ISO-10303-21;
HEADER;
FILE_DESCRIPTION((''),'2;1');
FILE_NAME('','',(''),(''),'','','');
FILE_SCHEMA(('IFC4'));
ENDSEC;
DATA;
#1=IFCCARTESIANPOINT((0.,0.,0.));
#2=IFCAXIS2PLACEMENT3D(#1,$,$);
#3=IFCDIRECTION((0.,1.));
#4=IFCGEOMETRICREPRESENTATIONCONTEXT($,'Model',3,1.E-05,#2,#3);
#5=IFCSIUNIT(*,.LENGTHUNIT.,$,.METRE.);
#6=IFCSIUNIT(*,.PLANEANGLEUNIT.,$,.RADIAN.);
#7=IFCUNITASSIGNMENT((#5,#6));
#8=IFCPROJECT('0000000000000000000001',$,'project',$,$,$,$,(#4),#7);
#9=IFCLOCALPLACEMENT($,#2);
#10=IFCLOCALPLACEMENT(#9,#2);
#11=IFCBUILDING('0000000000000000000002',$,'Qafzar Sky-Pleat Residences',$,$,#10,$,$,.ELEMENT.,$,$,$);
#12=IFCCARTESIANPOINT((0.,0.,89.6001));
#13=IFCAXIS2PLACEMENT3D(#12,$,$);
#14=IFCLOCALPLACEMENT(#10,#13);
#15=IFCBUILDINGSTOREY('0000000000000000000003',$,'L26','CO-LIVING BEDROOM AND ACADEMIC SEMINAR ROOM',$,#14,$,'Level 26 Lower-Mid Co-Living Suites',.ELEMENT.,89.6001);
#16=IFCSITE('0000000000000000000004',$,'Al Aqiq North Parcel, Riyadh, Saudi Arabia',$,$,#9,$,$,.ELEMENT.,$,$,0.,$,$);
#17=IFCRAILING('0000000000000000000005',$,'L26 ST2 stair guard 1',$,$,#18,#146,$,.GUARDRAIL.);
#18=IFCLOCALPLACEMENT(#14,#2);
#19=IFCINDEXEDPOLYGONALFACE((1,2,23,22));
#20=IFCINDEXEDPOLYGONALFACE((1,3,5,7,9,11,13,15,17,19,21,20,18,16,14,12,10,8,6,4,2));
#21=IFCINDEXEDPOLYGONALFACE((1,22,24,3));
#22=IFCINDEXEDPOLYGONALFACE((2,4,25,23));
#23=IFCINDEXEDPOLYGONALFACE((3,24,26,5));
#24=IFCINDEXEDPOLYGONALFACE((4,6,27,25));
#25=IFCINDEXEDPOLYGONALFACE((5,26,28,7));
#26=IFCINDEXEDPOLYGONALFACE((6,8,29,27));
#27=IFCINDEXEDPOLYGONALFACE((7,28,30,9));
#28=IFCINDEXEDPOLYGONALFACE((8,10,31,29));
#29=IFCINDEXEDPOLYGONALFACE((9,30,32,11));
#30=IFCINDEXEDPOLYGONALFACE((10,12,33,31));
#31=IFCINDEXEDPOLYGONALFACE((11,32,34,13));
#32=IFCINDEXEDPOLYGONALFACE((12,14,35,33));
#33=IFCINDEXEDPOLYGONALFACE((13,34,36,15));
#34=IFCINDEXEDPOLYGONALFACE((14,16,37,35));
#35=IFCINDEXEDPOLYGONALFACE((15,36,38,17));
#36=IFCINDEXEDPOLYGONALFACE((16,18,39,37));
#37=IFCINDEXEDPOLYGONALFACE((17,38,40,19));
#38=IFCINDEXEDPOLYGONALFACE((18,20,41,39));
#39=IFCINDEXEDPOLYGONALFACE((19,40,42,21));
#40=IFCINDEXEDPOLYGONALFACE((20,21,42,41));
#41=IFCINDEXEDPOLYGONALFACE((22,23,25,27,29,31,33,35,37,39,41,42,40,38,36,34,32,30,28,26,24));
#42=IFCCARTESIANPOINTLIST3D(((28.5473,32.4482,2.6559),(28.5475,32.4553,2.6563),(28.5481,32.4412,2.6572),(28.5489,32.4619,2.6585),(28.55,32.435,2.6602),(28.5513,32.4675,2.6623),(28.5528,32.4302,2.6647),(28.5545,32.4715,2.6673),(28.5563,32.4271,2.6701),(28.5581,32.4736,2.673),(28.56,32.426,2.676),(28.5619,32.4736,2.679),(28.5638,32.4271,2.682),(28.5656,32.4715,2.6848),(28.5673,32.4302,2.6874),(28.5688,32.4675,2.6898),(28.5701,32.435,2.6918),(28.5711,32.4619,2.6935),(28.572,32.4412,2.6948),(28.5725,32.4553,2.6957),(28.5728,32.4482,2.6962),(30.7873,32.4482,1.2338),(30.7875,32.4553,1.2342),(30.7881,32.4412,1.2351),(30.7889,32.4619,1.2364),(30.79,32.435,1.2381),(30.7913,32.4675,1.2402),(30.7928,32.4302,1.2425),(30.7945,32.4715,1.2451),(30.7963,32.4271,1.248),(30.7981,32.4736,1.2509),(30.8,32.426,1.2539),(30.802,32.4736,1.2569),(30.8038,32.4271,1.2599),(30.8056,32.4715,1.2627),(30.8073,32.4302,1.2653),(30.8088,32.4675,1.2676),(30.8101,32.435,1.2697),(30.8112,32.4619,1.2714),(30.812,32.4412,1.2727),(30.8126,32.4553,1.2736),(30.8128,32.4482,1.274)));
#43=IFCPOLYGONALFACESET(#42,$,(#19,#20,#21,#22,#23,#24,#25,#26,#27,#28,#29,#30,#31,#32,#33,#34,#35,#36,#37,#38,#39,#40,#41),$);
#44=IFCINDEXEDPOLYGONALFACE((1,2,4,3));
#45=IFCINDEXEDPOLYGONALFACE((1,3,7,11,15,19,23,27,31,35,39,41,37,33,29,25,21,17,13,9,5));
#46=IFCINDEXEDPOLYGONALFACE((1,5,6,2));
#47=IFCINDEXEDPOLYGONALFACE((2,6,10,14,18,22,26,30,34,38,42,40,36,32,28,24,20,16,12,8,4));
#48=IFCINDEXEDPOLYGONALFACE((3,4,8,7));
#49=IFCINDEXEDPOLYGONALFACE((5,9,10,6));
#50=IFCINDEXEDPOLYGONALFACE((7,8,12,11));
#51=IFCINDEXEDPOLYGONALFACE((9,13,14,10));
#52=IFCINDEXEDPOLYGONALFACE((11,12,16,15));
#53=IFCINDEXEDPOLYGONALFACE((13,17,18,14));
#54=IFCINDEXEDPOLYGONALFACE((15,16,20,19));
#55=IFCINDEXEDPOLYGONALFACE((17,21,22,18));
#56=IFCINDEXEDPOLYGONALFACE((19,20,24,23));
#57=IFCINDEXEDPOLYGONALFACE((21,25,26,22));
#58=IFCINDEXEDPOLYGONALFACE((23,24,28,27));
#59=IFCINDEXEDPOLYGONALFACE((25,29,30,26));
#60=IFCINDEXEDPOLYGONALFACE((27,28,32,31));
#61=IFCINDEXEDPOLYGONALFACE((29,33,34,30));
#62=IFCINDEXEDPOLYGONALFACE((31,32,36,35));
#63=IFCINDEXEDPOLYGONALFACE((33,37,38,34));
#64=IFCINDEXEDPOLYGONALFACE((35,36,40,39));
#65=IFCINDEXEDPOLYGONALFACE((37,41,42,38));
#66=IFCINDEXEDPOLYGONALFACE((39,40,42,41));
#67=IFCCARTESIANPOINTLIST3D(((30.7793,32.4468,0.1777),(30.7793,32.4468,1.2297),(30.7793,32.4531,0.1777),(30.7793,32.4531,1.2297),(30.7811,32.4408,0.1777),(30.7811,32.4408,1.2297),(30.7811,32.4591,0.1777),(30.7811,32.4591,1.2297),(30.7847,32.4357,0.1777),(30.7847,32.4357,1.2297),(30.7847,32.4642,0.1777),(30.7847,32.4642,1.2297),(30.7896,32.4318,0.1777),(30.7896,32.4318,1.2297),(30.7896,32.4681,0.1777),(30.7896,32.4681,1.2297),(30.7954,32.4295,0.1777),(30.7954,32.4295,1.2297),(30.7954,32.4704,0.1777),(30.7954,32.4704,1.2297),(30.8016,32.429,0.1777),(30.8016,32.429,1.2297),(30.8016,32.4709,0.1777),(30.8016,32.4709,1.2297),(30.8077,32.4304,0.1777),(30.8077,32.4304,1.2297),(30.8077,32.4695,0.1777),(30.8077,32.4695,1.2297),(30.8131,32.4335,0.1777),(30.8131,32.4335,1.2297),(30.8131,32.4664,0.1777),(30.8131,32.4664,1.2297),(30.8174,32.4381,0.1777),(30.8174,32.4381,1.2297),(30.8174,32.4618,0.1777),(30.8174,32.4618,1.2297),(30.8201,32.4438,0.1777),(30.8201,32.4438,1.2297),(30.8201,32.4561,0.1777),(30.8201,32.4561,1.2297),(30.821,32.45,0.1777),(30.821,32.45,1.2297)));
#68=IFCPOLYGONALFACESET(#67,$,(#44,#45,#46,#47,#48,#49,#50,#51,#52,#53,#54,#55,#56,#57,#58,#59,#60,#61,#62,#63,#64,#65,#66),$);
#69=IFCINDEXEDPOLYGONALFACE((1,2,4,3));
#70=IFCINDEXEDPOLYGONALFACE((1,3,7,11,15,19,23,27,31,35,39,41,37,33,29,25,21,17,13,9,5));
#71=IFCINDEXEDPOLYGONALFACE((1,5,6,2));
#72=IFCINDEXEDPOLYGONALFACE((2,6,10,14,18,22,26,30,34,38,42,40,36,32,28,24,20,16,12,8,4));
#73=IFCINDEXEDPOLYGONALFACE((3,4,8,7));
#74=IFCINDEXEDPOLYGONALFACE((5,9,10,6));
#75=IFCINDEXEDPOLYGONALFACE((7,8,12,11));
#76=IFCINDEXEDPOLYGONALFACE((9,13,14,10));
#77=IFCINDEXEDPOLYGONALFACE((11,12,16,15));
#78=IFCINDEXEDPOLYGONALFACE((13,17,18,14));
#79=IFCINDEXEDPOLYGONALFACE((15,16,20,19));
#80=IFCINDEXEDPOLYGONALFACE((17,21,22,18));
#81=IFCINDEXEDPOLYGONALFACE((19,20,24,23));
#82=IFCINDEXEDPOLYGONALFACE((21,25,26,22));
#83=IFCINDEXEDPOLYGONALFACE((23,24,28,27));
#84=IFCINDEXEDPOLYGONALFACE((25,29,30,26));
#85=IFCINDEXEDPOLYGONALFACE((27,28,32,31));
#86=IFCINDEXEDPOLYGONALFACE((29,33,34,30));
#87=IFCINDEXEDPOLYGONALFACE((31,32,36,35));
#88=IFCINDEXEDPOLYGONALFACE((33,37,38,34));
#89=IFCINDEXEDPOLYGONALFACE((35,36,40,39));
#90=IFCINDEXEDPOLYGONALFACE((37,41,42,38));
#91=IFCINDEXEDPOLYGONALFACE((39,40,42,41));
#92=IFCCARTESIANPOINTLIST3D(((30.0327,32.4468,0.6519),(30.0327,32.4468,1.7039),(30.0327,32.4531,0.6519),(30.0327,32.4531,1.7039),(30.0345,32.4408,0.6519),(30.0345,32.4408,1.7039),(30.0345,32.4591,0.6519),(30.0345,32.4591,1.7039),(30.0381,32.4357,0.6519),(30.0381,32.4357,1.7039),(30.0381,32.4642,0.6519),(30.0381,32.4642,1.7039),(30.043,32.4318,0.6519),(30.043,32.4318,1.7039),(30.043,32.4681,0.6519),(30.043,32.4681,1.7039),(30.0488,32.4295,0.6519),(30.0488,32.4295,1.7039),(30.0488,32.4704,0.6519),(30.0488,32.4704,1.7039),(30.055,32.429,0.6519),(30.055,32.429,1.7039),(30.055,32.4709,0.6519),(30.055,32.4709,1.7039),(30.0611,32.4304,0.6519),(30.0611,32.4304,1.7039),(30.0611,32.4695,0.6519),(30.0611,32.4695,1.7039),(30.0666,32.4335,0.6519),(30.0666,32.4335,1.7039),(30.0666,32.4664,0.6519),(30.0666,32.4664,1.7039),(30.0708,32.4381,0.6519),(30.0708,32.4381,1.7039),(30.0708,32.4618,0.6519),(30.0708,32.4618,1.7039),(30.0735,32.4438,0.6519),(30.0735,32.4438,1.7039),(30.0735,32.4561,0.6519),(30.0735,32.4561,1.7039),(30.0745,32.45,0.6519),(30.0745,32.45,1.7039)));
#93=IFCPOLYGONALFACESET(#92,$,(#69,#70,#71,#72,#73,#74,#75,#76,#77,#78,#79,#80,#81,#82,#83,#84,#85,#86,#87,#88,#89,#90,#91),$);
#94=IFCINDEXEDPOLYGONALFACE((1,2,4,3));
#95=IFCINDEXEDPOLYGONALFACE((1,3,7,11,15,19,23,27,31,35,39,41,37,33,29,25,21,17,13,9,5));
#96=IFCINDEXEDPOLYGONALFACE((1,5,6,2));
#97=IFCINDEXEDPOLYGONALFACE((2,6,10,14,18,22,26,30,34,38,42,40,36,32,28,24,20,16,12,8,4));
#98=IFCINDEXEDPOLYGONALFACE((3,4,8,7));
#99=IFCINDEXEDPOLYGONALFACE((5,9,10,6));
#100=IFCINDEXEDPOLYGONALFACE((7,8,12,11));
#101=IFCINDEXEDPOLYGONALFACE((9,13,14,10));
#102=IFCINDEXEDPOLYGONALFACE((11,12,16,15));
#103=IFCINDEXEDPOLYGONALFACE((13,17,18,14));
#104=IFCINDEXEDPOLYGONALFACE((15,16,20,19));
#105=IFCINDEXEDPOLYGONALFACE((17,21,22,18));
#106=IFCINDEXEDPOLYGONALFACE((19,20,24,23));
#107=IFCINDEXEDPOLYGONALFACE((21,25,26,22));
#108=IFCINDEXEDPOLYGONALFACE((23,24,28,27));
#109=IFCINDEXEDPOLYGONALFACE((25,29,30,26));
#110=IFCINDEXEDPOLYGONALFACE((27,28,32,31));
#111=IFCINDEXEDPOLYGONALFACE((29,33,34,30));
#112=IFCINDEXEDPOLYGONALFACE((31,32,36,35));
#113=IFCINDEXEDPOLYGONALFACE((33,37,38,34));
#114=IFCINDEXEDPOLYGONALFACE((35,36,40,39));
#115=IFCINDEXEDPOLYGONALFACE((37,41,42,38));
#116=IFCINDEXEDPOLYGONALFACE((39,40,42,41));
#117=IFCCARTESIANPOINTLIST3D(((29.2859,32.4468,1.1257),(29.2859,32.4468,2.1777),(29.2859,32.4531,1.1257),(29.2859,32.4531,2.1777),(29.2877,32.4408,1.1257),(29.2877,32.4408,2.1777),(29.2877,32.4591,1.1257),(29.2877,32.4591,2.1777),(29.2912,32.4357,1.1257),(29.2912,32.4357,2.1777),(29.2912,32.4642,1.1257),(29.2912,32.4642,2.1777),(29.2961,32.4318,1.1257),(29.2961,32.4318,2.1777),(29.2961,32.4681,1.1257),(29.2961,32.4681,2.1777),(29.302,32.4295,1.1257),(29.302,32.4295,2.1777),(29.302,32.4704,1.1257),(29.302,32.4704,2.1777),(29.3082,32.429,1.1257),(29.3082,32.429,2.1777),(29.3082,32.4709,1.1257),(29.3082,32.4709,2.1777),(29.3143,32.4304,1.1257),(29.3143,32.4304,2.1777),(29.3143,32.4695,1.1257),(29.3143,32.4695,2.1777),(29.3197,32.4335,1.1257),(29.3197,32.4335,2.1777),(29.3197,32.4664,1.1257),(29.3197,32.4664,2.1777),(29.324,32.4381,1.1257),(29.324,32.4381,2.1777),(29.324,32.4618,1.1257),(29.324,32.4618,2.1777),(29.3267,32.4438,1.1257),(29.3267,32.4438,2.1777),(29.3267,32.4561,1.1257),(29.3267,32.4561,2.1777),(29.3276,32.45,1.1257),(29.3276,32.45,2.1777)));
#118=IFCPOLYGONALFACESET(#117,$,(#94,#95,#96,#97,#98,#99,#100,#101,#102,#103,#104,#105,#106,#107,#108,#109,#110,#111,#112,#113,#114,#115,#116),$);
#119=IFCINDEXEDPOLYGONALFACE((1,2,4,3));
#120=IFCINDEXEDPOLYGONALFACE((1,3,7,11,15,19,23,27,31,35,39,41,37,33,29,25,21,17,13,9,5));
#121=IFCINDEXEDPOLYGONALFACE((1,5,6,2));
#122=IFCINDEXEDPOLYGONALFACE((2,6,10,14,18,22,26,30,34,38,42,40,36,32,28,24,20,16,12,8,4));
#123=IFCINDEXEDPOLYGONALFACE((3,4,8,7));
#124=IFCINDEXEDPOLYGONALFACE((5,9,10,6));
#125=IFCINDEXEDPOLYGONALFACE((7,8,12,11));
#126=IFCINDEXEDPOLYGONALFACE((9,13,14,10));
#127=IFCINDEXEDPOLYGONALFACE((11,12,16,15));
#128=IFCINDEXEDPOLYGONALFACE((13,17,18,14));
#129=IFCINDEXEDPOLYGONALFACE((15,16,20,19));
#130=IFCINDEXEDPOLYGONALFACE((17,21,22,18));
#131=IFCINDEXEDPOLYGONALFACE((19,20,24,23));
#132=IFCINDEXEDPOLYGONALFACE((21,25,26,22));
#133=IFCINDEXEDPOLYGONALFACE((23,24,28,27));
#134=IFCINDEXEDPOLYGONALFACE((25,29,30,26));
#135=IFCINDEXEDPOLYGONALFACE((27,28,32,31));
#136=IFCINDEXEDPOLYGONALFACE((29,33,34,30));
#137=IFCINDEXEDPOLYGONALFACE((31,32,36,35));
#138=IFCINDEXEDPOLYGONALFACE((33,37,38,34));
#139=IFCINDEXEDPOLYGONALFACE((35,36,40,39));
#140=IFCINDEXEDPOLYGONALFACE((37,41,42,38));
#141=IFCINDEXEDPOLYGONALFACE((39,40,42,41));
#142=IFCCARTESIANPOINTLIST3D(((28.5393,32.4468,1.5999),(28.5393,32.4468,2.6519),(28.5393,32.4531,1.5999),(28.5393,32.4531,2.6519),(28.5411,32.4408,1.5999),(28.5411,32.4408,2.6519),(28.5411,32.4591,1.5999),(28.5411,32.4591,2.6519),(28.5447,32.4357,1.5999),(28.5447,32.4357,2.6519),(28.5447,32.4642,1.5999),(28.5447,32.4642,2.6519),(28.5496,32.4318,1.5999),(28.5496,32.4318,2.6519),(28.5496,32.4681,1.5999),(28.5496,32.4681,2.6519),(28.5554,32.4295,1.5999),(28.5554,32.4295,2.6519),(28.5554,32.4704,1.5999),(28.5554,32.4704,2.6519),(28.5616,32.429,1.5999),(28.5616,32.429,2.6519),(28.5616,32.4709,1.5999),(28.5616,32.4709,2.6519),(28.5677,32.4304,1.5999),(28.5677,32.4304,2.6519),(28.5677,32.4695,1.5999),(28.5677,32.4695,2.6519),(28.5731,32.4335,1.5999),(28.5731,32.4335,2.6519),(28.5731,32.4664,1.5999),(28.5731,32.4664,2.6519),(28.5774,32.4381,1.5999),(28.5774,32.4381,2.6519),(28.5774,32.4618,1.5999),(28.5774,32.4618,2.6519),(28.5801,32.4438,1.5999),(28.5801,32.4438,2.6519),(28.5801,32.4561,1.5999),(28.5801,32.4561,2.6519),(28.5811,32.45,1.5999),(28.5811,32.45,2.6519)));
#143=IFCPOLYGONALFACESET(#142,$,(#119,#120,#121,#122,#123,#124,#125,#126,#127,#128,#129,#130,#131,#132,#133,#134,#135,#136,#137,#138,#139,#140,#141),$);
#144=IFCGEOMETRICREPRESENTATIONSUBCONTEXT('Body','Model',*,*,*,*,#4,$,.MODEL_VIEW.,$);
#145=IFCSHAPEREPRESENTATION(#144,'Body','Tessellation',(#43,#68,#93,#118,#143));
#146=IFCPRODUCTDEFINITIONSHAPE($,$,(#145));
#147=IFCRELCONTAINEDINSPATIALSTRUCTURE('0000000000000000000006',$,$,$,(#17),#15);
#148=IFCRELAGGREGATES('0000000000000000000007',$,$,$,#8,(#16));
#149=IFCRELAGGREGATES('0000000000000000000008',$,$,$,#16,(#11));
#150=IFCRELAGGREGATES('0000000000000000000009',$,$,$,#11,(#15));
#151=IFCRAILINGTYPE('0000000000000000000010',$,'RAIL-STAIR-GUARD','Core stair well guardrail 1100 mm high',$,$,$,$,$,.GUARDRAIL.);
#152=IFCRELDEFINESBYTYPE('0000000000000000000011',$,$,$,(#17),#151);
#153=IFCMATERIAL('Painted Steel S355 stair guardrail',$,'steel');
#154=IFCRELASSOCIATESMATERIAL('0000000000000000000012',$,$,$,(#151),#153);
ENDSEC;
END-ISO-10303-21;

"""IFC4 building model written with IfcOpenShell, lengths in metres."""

from ifc_helpers import new_model, si_unit, direction, frame, origin, origin_2d, place, context, subcontext, project, spatial, circle, extrude, source, transform, mapped, material, type_object, element, save


model = new_model("IFC4")

# Units and contexts
model_context = context("Model", 3, precision=1e-05, world=origin(), true_north=direction((0.0, 1.0)))
body_context = subcontext(model_context, "Body", "Model", "MODEL_VIEW")
ifc_project = project(units=[si_unit("LENGTHUNIT", "METRE"), si_unit("PLANEANGLEUNIT", "RADIAN")], contexts=[model_context])

# Site, building, storey
site_placement = place(None, origin())
site = spatial("IfcSite", under=ifc_project, at=site_placement, Name="Al Aqiq North Parcel, Riyadh, Saudi Arabia", CompositionType="ELEMENT", RefElevation=0.0)
building_placement = place(site_placement, origin())
building = spatial("IfcBuilding", under=site, at=building_placement, Name="Qafzar Sky-Pleat Residences", CompositionType="ELEMENT")
storey_placement = place(building_placement, frame((0.0, 0.0, 89.6001)))
storey = spatial("IfcBuildingStorey", under=building, at=storey_placement, Name="L26", Description="CO-LIVING BEDROOM AND ACADEMIC SEMINAR ROOM", LongName="Level 26 Lower-Mid Co-Living Suites", CompositionType="ELEMENT", Elevation=89.6001)

# Railing
ifc_material_1 = material(Name="Painted Steel S355 stair guardrail", Category="steel")
railing_type_1 = type_object("IfcRailingType", Name="RAIL-STAIR-GUARD", Description="Core stair well guardrail 1100 mm high", PredefinedType="GUARDRAIL", material=ifc_material_1)
shared_shape_1 = source(origin(), body_context, "Body", "SweptSolid", [
    extrude(circle(Radius=0.0239, at=origin_2d()), frame((0.0, 0.0, 1.0762), z_axis=(-0.844229, 0.0, 0.535982), x_axis=(0.0, -1.0, 0.0)), (0.0, 0.0, 1.0), 2.6533),
    extrude(circle(Radius=0.021, at=origin_2d()), origin(), (0.0, 0.0, 1.0), 1.052),
    extrude(circle(Radius=0.021, at=origin_2d()), frame((-0.7466, 0.0, 0.4741)), (0.0, 0.0, 1.0), 1.052),
    extrude(circle(Radius=0.021, at=origin_2d()), frame((-1.4934, 0.0, 0.948)), (0.0, 0.0, 1.0), 1.052),
    extrude(circle(Radius=0.021, at=origin_2d()), frame((-2.24, 0.0, 1.4221)), (0.0, 0.0, 1.0), 1.052),
])
railing_1_placement = place(storey_placement, frame((30.8, 32.45, 0.1777)))
element("IfcRailing", 1, at=railing_1_placement, inside=storey, type_object=railing_type_1, Name="L26 ST2 stair guard 1", PredefinedType="GUARDRAIL", context=body_context, shape_type="MappedRepresentation", body=[
    mapped(shared_shape_1, transform((0.0, 0.0, 0.0), x_axis=(1.0, 0.0, 0.0), y_axis=(0.0, 1.0, 0.0), z_axis=(0.0, 0.0, 1.0), scale=1.0)),
])

save(model, "model.ifc")
